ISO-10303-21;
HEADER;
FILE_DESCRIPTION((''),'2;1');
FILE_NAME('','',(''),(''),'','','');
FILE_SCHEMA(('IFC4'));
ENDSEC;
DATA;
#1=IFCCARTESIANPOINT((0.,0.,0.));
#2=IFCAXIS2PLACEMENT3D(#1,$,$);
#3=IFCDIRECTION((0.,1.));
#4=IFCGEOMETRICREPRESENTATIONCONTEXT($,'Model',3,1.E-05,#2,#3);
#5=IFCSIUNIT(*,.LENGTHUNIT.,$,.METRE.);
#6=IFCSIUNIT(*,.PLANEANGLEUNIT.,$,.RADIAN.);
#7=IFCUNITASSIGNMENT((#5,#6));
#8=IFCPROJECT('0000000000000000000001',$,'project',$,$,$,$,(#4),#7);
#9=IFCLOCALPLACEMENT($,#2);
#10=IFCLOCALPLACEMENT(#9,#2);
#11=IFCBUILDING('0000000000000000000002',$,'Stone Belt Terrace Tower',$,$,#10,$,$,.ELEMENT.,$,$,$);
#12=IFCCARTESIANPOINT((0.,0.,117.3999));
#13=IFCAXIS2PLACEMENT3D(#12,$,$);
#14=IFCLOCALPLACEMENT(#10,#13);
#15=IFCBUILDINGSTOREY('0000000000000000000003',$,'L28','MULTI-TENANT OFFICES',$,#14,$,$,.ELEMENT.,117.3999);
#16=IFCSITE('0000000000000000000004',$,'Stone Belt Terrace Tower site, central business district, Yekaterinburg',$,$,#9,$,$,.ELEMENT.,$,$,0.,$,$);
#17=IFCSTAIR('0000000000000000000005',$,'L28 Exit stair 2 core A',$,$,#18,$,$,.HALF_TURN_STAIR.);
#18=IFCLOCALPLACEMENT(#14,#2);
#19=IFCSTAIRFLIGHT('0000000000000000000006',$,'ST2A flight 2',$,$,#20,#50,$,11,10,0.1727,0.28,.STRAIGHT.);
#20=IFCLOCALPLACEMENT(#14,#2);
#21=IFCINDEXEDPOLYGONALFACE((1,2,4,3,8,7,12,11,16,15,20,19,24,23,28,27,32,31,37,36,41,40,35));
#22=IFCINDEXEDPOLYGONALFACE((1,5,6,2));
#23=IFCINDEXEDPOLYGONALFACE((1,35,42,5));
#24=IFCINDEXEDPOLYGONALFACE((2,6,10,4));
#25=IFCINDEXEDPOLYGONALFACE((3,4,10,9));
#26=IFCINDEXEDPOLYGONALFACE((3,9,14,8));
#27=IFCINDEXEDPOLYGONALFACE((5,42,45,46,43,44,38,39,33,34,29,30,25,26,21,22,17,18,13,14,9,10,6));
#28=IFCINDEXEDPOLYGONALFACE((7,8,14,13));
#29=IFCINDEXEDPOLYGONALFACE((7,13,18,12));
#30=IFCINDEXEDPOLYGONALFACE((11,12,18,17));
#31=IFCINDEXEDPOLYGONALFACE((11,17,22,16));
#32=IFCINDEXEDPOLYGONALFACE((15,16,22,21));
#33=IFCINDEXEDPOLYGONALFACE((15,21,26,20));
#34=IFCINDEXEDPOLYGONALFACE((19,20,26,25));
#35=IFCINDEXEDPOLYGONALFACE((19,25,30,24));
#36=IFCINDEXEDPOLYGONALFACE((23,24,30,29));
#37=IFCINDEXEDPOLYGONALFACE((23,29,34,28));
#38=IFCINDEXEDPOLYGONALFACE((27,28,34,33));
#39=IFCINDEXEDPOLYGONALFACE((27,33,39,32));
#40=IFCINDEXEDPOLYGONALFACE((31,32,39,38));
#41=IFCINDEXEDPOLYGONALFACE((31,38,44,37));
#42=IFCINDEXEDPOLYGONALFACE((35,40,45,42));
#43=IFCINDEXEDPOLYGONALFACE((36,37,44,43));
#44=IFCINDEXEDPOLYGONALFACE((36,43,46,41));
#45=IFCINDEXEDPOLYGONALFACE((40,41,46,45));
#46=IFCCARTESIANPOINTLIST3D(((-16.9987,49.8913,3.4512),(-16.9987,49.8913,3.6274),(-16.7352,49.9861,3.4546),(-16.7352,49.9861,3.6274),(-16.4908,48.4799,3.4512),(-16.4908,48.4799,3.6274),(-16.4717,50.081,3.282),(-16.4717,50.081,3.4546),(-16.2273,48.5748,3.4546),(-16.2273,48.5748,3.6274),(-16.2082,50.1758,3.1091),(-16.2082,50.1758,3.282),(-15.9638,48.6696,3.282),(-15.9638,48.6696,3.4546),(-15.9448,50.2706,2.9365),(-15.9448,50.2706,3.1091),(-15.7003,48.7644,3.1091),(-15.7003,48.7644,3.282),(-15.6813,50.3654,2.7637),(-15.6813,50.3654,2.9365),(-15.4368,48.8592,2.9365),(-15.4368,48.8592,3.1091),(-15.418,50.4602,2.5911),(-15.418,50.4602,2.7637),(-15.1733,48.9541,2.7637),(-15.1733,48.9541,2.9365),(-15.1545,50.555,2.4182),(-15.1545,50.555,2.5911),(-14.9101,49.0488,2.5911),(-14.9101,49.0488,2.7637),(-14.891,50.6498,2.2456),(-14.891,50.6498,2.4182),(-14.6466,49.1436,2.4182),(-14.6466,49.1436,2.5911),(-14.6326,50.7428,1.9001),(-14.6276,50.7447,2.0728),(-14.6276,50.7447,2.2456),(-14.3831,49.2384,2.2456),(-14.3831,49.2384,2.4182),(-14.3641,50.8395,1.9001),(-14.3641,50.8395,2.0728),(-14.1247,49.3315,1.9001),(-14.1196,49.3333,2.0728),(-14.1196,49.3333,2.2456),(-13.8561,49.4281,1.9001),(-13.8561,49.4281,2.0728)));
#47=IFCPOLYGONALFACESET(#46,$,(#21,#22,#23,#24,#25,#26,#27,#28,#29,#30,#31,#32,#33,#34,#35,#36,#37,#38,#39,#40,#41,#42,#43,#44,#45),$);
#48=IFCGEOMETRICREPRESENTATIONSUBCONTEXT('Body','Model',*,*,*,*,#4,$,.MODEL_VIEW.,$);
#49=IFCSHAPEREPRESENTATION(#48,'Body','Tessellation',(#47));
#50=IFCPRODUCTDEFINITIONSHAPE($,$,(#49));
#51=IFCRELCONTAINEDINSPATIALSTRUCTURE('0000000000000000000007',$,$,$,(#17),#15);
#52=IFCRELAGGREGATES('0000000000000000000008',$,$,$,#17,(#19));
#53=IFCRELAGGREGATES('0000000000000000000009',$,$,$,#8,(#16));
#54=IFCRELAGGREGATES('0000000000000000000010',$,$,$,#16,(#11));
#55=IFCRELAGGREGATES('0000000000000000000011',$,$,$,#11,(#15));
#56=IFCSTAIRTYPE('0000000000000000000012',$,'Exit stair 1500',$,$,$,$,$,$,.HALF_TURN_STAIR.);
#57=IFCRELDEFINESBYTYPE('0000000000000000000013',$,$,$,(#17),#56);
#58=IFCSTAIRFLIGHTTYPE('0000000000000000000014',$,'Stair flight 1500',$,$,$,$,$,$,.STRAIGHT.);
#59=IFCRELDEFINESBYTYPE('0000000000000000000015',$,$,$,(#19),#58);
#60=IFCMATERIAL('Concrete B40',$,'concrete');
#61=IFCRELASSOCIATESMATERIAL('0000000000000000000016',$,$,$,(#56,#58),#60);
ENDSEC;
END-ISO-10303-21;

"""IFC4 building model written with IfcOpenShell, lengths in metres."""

from ifc_helpers import new_model, si_unit, direction, frame, origin, place, context, subcontext, project, spatial, polyline, outline, extrude, material, type_object, element, aggregate, save


model = new_model("IFC4")

# Units and contexts
model_context = context("Model", 3, precision=1e-05, world=origin(), true_north=direction((0.0, 1.0)))
body_context = subcontext(model_context, "Body", "Model", "MODEL_VIEW")
ifc_project = project(units=[si_unit("LENGTHUNIT", "METRE"), si_unit("PLANEANGLEUNIT", "RADIAN")], contexts=[model_context])

# Site, building, storey
site_placement = place(None, origin())
site = spatial("IfcSite", under=ifc_project, at=site_placement, Name="Stone Belt Terrace Tower site, central business district, Yekaterinburg", CompositionType="ELEMENT", RefElevation=0.0)
building_placement = place(site_placement, origin())
building = spatial("IfcBuilding", under=site, at=building_placement, Name="Stone Belt Terrace Tower", CompositionType="ELEMENT")
storey_placement = place(building_placement, frame((0.0, 0.0, 117.3999)))
storey = spatial("IfcBuildingStorey", under=building, at=storey_placement, Name="L28", Description="MULTI-TENANT OFFICES", CompositionType="ELEMENT", Elevation=117.3999)

# Stair, stair flight
ifc_material_1 = material(Name="Concrete B40", Category="concrete")
stair_type = type_object("IfcStairType", Name="Exit stair 1500", PredefinedType="HALF_TURN_STAIR", material=ifc_material_1)
stair_placement = place(storey_placement, origin())
stair = element("IfcStair", 1, at=stair_placement, inside=storey, type_object=stair_type, Name="L28 Exit stair 2 core A", PredefinedType="HALF_TURN_STAIR")
stair_flight_type = type_object("IfcStairFlightType", Name="Stair flight 1500", PredefinedType="STRAIGHT", material=ifc_material_1)
stair_flight_placement = place(storey_placement, frame((-14.1101, 50.1338, 1.9001), z_axis=(0.0, 0.0, 1.0), x_axis=(-0.940922, -0.338624, 0.0)))
stair_flight = element("IfcStairFlight", 2, at=stair_flight_placement, type_object=stair_flight_type, Name="ST2A flight 2", NumberOfRisers=11, NumberOfTreads=10, PredefinedType="STRAIGHT", RiserHeight=0.1727, TreadLength=0.28, context=body_context, shape_type="SweptSolid", body=[
    extrude(outline(polyline([(0.0, 0.0), (0.0, 0.1726), (0.28, 0.1726), (0.28, 0.3455), (0.5601, 0.3455), (0.5601, 0.5181), (0.8401, 0.5181), (0.8401, 0.6909), (1.1201, 0.6909), (1.1201, 0.8635), (1.3999, 0.8635), (1.3999, 1.0364), (1.6799, 1.0364), (1.6799, 1.209), (1.96, 1.209), (1.96, 1.3818), (2.24, 1.3818), (2.24, 1.5544), (2.52, 1.5544), (2.52, 1.7273), (2.8, 1.7273), (2.8, 1.8999), (2.8, 1.551), (0.2854, 0.0), (0.0, 0.0)])), frame((0.0, 0.75, 0.0), z_axis=(0.0, -1.0, 0.0), x_axis=(1.0, 0.0, 0.0)), (0.0, 0.0, 1.0), 1.5),
])
aggregate(stair, [stair_flight])

save(model, "model.ifc")
